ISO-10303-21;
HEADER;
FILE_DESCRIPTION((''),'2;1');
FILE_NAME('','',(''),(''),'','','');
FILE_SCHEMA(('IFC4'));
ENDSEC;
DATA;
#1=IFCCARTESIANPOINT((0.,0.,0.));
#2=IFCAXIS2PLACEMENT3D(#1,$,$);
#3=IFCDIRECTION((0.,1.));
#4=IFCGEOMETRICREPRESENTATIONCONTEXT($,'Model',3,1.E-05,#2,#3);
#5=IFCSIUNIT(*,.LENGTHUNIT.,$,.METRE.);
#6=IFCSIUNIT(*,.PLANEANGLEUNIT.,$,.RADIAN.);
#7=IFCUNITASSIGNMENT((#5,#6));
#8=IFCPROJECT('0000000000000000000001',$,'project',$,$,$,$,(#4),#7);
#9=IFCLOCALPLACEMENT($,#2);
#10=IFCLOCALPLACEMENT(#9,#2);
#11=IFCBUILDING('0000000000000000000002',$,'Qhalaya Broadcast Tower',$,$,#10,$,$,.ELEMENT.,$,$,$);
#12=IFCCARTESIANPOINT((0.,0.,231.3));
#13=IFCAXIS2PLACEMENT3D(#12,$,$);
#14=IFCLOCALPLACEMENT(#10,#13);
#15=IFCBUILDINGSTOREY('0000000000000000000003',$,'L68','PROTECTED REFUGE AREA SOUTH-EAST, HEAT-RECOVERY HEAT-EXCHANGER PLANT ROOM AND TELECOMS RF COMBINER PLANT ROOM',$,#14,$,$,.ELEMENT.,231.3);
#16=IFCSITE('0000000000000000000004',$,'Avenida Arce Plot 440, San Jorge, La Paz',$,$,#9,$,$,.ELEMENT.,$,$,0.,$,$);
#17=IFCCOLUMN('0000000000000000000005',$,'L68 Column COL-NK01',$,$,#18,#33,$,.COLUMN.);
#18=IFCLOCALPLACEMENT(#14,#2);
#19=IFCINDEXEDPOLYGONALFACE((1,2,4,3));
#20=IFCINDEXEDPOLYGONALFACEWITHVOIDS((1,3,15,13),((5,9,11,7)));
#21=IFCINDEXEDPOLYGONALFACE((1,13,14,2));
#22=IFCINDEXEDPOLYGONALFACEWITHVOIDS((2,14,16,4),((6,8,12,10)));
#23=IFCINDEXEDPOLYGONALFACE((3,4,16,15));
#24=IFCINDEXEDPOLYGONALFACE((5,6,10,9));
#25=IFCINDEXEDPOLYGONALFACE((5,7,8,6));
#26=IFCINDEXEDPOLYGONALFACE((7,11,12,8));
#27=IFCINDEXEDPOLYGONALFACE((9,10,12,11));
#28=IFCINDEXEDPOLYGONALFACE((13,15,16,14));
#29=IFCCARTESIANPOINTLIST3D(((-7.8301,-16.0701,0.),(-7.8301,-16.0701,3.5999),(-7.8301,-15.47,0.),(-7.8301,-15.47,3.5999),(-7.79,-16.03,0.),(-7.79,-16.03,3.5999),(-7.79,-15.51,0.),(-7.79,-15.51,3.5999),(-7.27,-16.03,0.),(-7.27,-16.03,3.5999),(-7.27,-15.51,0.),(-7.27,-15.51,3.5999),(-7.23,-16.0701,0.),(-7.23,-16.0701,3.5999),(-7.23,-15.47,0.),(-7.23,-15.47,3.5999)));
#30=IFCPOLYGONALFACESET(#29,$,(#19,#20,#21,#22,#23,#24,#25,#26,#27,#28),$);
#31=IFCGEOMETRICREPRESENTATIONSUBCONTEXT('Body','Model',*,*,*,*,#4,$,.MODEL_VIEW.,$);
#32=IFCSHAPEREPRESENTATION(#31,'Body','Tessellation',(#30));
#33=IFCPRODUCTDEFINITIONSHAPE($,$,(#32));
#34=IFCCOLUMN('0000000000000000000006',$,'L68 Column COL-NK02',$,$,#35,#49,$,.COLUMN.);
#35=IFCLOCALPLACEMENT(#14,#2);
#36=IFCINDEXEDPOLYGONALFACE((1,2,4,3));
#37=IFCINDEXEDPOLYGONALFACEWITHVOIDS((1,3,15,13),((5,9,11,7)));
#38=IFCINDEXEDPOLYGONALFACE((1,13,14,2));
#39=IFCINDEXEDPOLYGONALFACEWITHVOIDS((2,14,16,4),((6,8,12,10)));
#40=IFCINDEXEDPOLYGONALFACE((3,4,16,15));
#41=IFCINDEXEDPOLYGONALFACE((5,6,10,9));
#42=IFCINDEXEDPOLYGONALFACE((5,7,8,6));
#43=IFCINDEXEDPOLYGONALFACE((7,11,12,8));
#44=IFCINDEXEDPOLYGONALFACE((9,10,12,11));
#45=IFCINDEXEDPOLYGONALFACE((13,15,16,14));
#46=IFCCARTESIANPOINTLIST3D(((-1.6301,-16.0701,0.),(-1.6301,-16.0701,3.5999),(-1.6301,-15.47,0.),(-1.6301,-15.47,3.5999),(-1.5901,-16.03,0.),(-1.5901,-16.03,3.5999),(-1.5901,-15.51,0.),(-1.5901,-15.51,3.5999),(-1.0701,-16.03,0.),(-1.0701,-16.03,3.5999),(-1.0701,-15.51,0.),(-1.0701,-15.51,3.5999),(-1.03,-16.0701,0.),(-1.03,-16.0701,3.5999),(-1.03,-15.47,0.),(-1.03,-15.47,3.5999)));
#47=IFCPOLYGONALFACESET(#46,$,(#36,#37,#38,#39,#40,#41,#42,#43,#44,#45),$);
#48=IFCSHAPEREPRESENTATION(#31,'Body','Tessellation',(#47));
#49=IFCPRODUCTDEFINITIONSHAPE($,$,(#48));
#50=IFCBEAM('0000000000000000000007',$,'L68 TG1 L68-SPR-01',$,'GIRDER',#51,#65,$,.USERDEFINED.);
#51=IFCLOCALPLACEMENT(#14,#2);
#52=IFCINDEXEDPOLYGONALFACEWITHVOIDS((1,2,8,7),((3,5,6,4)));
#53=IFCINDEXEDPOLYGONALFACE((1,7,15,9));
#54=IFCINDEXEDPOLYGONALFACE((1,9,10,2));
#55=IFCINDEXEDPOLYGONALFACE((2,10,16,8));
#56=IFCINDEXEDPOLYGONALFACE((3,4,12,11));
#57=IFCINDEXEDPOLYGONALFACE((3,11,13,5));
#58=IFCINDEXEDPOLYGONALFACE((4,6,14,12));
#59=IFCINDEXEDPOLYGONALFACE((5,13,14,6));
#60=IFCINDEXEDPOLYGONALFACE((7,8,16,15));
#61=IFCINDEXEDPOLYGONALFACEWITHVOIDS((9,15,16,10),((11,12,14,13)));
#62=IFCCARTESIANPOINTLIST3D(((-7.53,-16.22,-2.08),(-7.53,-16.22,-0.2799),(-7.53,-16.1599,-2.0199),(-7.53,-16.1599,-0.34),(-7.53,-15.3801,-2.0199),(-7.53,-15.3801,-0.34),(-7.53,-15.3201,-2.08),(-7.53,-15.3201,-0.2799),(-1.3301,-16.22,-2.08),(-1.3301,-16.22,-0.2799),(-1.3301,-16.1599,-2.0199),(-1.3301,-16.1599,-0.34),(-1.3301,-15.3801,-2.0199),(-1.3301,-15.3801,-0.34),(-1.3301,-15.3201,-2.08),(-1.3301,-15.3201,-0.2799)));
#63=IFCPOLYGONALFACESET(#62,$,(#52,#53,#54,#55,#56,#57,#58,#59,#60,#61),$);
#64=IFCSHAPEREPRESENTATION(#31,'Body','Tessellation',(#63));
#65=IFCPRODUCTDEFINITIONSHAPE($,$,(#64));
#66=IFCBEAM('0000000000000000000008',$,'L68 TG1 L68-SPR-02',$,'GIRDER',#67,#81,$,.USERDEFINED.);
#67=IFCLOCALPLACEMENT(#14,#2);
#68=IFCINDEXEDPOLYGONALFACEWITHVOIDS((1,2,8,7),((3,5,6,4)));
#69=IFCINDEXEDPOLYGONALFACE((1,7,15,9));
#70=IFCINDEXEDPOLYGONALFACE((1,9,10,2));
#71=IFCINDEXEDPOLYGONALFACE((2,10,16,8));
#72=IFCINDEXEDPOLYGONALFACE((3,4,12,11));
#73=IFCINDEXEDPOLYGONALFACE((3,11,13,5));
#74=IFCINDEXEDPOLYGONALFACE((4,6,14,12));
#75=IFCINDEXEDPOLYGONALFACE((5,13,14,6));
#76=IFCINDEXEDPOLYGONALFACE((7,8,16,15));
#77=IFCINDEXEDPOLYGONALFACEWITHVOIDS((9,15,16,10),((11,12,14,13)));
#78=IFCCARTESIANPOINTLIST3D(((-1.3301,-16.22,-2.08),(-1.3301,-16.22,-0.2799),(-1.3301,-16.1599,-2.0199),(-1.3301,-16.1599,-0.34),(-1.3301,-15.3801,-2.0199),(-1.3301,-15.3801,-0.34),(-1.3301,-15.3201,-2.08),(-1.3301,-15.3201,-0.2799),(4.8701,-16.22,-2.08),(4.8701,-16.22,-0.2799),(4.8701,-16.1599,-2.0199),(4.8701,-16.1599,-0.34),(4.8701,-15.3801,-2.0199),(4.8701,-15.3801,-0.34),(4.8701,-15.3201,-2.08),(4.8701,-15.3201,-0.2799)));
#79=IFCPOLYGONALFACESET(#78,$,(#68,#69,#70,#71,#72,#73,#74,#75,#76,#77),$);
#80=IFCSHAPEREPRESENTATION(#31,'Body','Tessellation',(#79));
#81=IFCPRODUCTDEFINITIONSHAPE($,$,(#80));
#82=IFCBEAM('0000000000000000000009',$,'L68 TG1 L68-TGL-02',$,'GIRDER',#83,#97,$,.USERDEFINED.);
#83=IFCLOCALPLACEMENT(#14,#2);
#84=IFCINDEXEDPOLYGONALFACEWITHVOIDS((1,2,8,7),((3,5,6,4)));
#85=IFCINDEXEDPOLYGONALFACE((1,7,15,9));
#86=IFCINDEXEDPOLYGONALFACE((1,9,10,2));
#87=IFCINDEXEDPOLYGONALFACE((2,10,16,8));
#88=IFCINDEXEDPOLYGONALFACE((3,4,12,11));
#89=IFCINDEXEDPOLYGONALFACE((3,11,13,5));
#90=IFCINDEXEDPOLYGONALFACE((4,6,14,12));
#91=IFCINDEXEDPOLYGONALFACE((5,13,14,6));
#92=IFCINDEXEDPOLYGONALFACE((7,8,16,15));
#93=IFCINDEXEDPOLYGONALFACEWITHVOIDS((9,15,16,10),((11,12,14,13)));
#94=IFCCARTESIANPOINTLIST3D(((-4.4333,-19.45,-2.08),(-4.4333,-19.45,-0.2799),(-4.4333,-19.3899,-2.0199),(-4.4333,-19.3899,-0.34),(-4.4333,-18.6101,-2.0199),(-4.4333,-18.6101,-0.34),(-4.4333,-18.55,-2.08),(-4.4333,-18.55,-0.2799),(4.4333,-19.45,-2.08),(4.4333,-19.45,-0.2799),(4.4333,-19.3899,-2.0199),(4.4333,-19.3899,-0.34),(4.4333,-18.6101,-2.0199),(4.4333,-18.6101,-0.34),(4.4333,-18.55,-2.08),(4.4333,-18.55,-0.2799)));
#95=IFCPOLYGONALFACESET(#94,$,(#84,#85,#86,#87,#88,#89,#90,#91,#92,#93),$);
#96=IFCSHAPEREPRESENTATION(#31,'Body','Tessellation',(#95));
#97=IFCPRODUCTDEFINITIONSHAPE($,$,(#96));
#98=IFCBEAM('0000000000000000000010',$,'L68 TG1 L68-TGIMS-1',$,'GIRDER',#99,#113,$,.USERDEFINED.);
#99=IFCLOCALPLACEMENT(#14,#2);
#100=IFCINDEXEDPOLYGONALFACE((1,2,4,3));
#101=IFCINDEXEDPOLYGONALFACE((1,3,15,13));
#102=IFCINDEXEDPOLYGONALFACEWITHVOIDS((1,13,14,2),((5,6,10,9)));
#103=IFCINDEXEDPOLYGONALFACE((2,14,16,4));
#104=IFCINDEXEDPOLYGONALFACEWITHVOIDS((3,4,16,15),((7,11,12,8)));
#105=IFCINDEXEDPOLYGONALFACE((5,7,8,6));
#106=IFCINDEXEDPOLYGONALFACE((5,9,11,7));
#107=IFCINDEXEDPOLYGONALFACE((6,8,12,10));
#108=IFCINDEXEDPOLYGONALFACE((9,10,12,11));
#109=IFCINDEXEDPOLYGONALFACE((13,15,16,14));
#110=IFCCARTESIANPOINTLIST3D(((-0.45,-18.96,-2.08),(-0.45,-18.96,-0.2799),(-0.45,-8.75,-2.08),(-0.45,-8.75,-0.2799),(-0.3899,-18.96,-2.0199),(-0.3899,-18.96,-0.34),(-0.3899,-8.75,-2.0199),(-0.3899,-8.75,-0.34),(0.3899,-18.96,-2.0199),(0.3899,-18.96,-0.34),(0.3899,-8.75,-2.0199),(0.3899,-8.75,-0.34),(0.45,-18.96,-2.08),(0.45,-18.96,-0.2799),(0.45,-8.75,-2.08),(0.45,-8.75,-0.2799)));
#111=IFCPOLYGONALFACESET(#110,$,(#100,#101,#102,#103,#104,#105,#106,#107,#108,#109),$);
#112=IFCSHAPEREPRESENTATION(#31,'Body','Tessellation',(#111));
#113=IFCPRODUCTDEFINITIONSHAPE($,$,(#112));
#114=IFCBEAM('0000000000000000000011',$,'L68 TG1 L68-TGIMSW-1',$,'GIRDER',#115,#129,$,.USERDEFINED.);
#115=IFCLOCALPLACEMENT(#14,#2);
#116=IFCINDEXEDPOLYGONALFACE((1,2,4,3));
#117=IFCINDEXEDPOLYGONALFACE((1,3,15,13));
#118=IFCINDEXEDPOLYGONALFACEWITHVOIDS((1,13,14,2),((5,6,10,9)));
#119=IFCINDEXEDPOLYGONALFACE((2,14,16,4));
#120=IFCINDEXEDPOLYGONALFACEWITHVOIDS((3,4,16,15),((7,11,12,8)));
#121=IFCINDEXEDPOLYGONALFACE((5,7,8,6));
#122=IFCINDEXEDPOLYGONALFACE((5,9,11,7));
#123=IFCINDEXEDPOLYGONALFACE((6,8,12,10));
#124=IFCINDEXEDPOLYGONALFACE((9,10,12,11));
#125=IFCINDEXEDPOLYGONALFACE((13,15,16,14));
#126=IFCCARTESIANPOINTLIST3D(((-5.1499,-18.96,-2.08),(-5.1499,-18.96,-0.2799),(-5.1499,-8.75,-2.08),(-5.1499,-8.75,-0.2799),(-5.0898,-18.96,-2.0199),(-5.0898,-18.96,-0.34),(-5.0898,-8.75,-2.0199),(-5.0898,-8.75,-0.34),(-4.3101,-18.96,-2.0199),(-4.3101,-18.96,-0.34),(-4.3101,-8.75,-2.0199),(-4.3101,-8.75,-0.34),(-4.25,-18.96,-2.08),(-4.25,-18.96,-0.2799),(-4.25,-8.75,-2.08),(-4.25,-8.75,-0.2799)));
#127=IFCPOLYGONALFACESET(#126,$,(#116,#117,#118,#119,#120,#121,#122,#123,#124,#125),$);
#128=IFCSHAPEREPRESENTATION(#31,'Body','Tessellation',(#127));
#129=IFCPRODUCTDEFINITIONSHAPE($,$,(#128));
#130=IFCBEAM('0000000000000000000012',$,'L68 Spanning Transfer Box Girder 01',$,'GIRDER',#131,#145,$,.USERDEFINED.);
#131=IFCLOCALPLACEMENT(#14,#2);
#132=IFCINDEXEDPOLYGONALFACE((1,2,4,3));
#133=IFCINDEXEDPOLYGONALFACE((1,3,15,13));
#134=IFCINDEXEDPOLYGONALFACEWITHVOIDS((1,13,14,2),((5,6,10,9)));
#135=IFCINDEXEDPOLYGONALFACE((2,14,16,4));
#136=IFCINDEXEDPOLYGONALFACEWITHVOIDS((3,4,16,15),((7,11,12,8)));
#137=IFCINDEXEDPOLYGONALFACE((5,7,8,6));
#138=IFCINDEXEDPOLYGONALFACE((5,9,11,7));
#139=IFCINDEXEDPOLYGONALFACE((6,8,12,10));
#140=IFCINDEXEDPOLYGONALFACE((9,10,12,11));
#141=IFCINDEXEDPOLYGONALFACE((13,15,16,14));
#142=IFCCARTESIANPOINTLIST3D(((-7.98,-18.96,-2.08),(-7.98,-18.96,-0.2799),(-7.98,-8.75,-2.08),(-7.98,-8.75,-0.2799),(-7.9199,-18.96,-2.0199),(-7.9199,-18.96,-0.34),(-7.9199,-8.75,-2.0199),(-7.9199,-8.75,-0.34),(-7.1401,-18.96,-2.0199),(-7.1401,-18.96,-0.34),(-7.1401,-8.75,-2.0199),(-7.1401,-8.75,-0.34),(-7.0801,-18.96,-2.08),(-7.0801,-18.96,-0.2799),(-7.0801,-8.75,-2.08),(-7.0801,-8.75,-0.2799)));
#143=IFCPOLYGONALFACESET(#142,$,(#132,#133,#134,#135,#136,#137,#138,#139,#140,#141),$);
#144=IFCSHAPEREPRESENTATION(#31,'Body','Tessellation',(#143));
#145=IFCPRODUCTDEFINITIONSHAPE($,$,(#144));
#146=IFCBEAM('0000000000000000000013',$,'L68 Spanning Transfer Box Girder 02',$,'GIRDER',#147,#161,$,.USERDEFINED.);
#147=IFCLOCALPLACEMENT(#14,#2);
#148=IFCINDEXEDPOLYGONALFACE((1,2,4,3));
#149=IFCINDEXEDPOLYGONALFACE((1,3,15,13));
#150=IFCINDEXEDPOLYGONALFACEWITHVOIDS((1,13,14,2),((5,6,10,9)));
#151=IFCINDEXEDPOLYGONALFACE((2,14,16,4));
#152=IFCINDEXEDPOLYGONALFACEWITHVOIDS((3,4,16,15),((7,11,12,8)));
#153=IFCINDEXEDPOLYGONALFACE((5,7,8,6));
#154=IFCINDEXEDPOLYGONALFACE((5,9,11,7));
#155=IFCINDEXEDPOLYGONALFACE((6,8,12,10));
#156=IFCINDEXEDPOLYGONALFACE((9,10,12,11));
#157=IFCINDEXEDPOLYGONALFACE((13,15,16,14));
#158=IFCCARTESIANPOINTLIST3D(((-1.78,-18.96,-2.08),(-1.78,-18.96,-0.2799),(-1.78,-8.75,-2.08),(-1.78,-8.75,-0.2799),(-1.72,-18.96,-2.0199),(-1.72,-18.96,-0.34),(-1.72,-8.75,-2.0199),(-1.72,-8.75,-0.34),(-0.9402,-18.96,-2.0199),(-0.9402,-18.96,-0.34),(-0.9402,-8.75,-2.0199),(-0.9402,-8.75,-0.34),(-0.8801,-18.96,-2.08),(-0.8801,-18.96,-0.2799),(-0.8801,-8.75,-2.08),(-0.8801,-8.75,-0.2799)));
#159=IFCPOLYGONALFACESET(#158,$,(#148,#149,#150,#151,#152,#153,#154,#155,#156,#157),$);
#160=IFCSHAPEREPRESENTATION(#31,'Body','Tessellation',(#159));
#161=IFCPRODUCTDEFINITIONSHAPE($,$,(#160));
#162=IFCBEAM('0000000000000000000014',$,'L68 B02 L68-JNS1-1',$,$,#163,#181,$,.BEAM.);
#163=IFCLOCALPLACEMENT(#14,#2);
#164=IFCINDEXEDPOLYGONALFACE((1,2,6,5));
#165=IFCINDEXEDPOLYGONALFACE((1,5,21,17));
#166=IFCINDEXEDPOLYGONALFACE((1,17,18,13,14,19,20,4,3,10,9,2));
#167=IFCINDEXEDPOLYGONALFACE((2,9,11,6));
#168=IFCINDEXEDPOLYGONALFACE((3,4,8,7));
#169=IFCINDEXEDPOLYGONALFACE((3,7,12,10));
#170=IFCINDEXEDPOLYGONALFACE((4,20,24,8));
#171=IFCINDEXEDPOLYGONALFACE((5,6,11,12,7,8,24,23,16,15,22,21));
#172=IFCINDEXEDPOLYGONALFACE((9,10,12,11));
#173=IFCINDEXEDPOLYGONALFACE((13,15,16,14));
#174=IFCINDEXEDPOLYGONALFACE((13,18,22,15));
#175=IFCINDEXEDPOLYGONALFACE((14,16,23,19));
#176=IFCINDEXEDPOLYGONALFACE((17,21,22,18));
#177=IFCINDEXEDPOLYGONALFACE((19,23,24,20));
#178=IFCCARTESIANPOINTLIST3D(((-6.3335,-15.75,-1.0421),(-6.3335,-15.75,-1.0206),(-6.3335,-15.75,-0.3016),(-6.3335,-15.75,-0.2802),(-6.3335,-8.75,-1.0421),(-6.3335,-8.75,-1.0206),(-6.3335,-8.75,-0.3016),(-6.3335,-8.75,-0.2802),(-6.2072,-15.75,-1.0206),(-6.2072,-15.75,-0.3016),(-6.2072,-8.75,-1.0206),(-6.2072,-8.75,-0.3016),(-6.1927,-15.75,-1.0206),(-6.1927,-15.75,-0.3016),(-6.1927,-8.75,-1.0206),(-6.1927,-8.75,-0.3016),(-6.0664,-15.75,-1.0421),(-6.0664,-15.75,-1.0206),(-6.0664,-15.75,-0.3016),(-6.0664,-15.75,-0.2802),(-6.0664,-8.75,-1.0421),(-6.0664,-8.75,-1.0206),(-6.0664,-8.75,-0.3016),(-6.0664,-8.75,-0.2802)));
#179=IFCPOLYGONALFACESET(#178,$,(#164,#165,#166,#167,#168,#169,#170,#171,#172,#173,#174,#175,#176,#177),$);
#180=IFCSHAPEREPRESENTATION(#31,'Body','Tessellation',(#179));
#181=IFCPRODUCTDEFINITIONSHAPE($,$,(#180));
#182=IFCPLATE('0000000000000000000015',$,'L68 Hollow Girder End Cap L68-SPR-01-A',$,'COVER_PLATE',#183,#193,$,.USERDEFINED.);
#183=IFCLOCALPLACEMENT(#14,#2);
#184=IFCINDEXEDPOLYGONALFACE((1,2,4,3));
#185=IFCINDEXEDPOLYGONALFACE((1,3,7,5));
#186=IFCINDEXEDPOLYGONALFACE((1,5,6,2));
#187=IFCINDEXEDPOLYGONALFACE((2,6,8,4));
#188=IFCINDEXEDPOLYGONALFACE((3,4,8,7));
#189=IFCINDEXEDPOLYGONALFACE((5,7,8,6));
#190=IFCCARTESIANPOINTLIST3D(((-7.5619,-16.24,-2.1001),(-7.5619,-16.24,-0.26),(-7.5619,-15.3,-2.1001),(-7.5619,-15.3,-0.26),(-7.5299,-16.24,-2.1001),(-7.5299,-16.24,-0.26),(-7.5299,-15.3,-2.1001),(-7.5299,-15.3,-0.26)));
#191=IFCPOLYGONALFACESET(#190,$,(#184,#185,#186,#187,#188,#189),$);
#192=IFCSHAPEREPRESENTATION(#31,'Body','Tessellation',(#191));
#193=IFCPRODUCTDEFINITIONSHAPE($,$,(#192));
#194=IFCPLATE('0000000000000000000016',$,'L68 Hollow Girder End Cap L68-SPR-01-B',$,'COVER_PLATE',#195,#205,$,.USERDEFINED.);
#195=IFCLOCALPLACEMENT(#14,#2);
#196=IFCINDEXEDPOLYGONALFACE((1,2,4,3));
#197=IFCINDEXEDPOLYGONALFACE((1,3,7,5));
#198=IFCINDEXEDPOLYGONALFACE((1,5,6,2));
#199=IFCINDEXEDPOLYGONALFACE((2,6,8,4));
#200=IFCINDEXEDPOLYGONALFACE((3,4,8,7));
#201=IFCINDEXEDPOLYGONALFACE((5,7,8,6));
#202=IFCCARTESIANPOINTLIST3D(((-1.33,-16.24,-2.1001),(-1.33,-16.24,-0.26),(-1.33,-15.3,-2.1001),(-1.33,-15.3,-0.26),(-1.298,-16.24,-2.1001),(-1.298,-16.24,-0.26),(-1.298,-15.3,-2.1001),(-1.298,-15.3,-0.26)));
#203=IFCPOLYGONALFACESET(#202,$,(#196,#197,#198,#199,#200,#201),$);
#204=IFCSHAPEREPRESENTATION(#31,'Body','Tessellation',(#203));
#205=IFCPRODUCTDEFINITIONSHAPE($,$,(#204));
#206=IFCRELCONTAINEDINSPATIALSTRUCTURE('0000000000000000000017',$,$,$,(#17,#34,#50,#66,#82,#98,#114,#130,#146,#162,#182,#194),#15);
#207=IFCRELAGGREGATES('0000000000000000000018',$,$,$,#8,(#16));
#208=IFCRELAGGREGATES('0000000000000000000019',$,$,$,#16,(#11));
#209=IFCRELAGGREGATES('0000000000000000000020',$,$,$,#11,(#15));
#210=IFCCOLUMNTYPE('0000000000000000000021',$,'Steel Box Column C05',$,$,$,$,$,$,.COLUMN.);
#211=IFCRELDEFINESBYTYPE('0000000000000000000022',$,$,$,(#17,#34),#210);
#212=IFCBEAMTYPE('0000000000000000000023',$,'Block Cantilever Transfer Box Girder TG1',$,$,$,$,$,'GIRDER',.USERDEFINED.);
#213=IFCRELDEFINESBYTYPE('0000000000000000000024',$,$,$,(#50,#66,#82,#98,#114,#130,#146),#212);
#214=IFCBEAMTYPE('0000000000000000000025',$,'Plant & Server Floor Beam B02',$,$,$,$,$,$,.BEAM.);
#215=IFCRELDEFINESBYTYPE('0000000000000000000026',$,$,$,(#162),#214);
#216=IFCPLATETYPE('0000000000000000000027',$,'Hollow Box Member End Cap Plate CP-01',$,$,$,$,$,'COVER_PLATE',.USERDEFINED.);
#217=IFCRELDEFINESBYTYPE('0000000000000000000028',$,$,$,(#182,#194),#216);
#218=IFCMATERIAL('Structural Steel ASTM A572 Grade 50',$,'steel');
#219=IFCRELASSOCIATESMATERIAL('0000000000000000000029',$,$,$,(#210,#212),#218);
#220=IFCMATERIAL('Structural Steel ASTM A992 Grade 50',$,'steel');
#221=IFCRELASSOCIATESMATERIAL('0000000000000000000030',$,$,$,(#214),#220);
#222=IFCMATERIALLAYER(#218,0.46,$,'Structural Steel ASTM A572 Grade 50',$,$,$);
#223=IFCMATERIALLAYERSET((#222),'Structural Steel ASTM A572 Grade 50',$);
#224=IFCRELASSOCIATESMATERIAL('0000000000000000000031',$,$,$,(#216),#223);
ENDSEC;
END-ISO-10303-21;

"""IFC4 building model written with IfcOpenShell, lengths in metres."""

from ifc_helpers import new_model, si_unit, direction, frame, origin, origin_2d, place, context, subcontext, project, spatial, rectangle, hollow_rectangle, i_section, extrude, material, layer, layer_set, material_profile, profile_set, type_object, element, save


model = new_model("IFC4")

# Units and contexts
model_context = context("Model", 3, precision=1e-05, world=origin(), true_north=direction((0.0, 1.0)))
body_context = subcontext(model_context, "Body", "Model", "MODEL_VIEW")
ifc_project = project(units=[si_unit("LENGTHUNIT", "METRE"), si_unit("PLANEANGLEUNIT", "RADIAN")], contexts=[model_context])

# Site, building, storey
site_placement = place(None, origin())
site = spatial("IfcSite", under=ifc_project, at=site_placement, Name="Avenida Arce Plot 440, San Jorge, La Paz", CompositionType="ELEMENT", RefElevation=0.0)
building_placement = place(site_placement, origin())
building = spatial("IfcBuilding", under=site, at=building_placement, Name="Qhalaya Broadcast Tower", CompositionType="ELEMENT")
storey_placement = place(building_placement, frame((0.0, 0.0, 231.3)))
storey = spatial("IfcBuildingStorey", under=building, at=storey_placement, Name="L68", Description="PROTECTED REFUGE AREA SOUTH-EAST, HEAT-RECOVERY HEAT-EXCHANGER PLANT ROOM AND TELECOMS RF COMBINER PLANT ROOM", CompositionType="ELEMENT", Elevation=231.3)

# Columns
ifc_material_1 = material(Name="Structural Steel ASTM A572 Grade 50", Category="steel")
ifc_material_profile_1 = material_profile(ifc_material_1, hollow_rectangle(XDim=0.6001, YDim=0.6001, WallThickness=0.04, at=origin_2d()), Name="BOX 600x600x40")
ifc_profile_set_1 = profile_set([ifc_material_profile_1], Name="Structural Steel ASTM A572 Grade 50")
column_type = type_object("IfcColumnType", Name="Steel Box Column C05", PredefinedType="COLUMN", material=ifc_profile_set_1)
for number, where, z_axis, x_axis, name in (
    (1, (-7.53, -15.77, 0.0), (0.0, 0.0, 1.0), (1.0, 0.0, 0.0), "L68 Column COL-NK01"),
    (2, (-1.3301, -15.77, 0.0), (0.0, 0.0, 1.0), (1.0, 0.0, 0.0), "L68 Column COL-NK02"),
):
    element("IfcColumn", number, at=place(storey_placement, frame(where, z_axis=z_axis, x_axis=x_axis)), inside=storey, type_object=column_type, Name=name, PredefinedType="COLUMN", context=body_context, shape_type="SweptSolid", body=[
        extrude(hollow_rectangle(XDim=0.6001, YDim=0.6001, WallThickness=0.04, at=origin_2d()), origin(), (0.0, 0.0, 1.0), 3.5999),
    ])

# Beams
ifc_material_profile_2 = material_profile(ifc_material_1, hollow_rectangle(XDim=0.8999, YDim=1.8, WallThickness=0.0601, at=origin_2d()), Name="BOX 900x1800x60")
ifc_profile_set_2 = profile_set([ifc_material_profile_2], Name="Structural Steel ASTM A572 Grade 50")
beam_type_1 = type_object("IfcBeamType", Name="Block Cantilever Transfer Box Girder TG1", ElementType="GIRDER", PredefinedType="USERDEFINED", material=ifc_profile_set_2)
beam_1_placement = place(storey_placement, frame((-7.53, -15.77, -1.1799), z_axis=(1.0, 0.0, 0.0), x_axis=(0.0, 1.0, 0.0)))
element("IfcBeam", 3, at=beam_1_placement, inside=storey, type_object=beam_type_1, Name="L68 TG1 L68-SPR-01", ObjectType="GIRDER", PredefinedType="USERDEFINED", context=body_context, shape_type="SweptSolid", body=[
    extrude(hollow_rectangle(XDim=0.8999, YDim=1.8, WallThickness=0.0601, at=origin_2d()), origin(), (0.0, 0.0, 1.0), 6.2),
])
beam_2_placement = place(storey_placement, frame((-1.3301, -15.77, -1.1799), z_axis=(1.0, 0.0, 0.0), x_axis=(0.0, 1.0, 0.0)))
element("IfcBeam", 4, at=beam_2_placement, inside=storey, type_object=beam_type_1, Name="L68 TG1 L68-SPR-02", ObjectType="GIRDER", PredefinedType="USERDEFINED", context=body_context, shape_type="SweptSolid", body=[
    extrude(hollow_rectangle(XDim=0.8999, YDim=1.8, WallThickness=0.0601, at=origin_2d()), origin(), (0.0, 0.0, 1.0), 6.2002),
])
beam_3_placement = place(storey_placement, frame((-4.4333, -19.0, -1.1799), z_axis=(1.0, 0.0, 0.0), x_axis=(0.0, 1.0, 0.0)))
element("IfcBeam", 5, at=beam_3_placement, inside=storey, type_object=beam_type_1, Name="L68 TG1 L68-TGL-02", ObjectType="GIRDER", PredefinedType="USERDEFINED", context=body_context, shape_type="SweptSolid", body=[
    extrude(hollow_rectangle(XDim=0.8999, YDim=1.8, WallThickness=0.0601, at=origin_2d()), origin(), (0.0, 0.0, 1.0), 8.8667),
])
for number, where, z_axis, x_axis, name in (
    (6, (0.0, -18.96, -1.1799), (0.0, 1.0, 0.0), (-1.0, 0.0, 0.0), "L68 TG1 L68-TGIMS-1"),
    (7, (-4.7, -18.96, -1.1799), (0.0, 1.0, 0.0), (-1.0, 0.0, 0.0), "L68 TG1 L68-TGIMSW-1"),
    (8, (-7.53, -18.96, -1.1799), (0.0, 1.0, 0.0), (-1.0, 0.0, 0.0), "L68 Spanning Transfer Box Girder 01"),
    (9, (-1.3301, -18.96, -1.1799), (0.0, 1.0, 0.0), (-1.0, 0.0, 0.0), "L68 Spanning Transfer Box Girder 02"),
):
    element("IfcBeam", number, at=place(storey_placement, frame(where, z_axis=z_axis, x_axis=x_axis)), inside=storey, type_object=beam_type_1, Name=name, ObjectType="GIRDER", PredefinedType="USERDEFINED", context=body_context, shape_type="SweptSolid", body=[
        extrude(hollow_rectangle(XDim=0.8999, YDim=1.8, WallThickness=0.0601, at=origin_2d()), origin(), (0.0, 0.0, 1.0), 10.21),
    ])
ifc_material_2 = material(Name="Structural Steel ASTM A992 Grade 50", Category="steel")
ifc_material_profile_3 = material_profile(ifc_material_2, i_section(OverallWidth=0.2671, OverallDepth=0.762, WebThickness=0.0144, FlangeThickness=0.0215, at=origin_2d()), Name="W30X116")
ifc_profile_set_3 = profile_set([ifc_material_profile_3], Name="Structural Steel ASTM A992 Grade 50")
beam_type_2 = type_object("IfcBeamType", Name="Plant & Server Floor Beam B02", PredefinedType="BEAM", material=ifc_profile_set_3)
beam_4_placement = place(storey_placement, frame((-6.2, -15.75, -0.6611), z_axis=(0.0, 1.0, 0.0), x_axis=(-1.0, 0.0, 0.0)))
element("IfcBeam", 10, at=beam_4_placement, inside=storey, type_object=beam_type_2, Name="L68 B02 L68-JNS1-1", PredefinedType="BEAM", context=body_context, shape_type="SweptSolid", body=[
    extrude(i_section(OverallWidth=0.2671, OverallDepth=0.762, WebThickness=0.0144, FlangeThickness=0.0215, at=origin_2d()), origin(), (0.0, 0.0, 1.0), 7.0),
])

# Plates
ifc_layer_1 = layer(ifc_material_1, 0.46, Name="Structural Steel ASTM A572 Grade 50")
ifc_layer_set_1 = layer_set([ifc_layer_1], Name="Structural Steel ASTM A572 Grade 50")
plate_type_1 = type_object("IfcPlateType", Name="Hollow Box Member End Cap Plate CP-01", ElementType="COVER_PLATE", PredefinedType="USERDEFINED", material=ifc_layer_set_1)
for number, where, z_axis, x_axis, name in (
    (11, (-7.5459, -15.77, -2.1001), (0.0, 0.0, 1.0), (0.0, 1.0, 0.0), "L68 Hollow Girder End Cap L68-SPR-01-A"),
    (12, (-1.314, -15.77, -2.1001), (0.0, 0.0, 1.0), (0.0, 1.0, 0.0), "L68 Hollow Girder End Cap L68-SPR-01-B"),
):
    element("IfcPlate", number, at=place(storey_placement, frame(where, z_axis=z_axis, x_axis=x_axis)), inside=storey, type_object=plate_type_1, Name=name, ObjectType="COVER_PLATE", PredefinedType="USERDEFINED", context=body_context, shape_type="SweptSolid", body=[
        extrude(rectangle(XDim=0.9399, YDim=0.032, at=origin_2d()), origin(), (0.0, 0.0, 1.0), 1.8401),
    ])

save(model, "model.ifc")
